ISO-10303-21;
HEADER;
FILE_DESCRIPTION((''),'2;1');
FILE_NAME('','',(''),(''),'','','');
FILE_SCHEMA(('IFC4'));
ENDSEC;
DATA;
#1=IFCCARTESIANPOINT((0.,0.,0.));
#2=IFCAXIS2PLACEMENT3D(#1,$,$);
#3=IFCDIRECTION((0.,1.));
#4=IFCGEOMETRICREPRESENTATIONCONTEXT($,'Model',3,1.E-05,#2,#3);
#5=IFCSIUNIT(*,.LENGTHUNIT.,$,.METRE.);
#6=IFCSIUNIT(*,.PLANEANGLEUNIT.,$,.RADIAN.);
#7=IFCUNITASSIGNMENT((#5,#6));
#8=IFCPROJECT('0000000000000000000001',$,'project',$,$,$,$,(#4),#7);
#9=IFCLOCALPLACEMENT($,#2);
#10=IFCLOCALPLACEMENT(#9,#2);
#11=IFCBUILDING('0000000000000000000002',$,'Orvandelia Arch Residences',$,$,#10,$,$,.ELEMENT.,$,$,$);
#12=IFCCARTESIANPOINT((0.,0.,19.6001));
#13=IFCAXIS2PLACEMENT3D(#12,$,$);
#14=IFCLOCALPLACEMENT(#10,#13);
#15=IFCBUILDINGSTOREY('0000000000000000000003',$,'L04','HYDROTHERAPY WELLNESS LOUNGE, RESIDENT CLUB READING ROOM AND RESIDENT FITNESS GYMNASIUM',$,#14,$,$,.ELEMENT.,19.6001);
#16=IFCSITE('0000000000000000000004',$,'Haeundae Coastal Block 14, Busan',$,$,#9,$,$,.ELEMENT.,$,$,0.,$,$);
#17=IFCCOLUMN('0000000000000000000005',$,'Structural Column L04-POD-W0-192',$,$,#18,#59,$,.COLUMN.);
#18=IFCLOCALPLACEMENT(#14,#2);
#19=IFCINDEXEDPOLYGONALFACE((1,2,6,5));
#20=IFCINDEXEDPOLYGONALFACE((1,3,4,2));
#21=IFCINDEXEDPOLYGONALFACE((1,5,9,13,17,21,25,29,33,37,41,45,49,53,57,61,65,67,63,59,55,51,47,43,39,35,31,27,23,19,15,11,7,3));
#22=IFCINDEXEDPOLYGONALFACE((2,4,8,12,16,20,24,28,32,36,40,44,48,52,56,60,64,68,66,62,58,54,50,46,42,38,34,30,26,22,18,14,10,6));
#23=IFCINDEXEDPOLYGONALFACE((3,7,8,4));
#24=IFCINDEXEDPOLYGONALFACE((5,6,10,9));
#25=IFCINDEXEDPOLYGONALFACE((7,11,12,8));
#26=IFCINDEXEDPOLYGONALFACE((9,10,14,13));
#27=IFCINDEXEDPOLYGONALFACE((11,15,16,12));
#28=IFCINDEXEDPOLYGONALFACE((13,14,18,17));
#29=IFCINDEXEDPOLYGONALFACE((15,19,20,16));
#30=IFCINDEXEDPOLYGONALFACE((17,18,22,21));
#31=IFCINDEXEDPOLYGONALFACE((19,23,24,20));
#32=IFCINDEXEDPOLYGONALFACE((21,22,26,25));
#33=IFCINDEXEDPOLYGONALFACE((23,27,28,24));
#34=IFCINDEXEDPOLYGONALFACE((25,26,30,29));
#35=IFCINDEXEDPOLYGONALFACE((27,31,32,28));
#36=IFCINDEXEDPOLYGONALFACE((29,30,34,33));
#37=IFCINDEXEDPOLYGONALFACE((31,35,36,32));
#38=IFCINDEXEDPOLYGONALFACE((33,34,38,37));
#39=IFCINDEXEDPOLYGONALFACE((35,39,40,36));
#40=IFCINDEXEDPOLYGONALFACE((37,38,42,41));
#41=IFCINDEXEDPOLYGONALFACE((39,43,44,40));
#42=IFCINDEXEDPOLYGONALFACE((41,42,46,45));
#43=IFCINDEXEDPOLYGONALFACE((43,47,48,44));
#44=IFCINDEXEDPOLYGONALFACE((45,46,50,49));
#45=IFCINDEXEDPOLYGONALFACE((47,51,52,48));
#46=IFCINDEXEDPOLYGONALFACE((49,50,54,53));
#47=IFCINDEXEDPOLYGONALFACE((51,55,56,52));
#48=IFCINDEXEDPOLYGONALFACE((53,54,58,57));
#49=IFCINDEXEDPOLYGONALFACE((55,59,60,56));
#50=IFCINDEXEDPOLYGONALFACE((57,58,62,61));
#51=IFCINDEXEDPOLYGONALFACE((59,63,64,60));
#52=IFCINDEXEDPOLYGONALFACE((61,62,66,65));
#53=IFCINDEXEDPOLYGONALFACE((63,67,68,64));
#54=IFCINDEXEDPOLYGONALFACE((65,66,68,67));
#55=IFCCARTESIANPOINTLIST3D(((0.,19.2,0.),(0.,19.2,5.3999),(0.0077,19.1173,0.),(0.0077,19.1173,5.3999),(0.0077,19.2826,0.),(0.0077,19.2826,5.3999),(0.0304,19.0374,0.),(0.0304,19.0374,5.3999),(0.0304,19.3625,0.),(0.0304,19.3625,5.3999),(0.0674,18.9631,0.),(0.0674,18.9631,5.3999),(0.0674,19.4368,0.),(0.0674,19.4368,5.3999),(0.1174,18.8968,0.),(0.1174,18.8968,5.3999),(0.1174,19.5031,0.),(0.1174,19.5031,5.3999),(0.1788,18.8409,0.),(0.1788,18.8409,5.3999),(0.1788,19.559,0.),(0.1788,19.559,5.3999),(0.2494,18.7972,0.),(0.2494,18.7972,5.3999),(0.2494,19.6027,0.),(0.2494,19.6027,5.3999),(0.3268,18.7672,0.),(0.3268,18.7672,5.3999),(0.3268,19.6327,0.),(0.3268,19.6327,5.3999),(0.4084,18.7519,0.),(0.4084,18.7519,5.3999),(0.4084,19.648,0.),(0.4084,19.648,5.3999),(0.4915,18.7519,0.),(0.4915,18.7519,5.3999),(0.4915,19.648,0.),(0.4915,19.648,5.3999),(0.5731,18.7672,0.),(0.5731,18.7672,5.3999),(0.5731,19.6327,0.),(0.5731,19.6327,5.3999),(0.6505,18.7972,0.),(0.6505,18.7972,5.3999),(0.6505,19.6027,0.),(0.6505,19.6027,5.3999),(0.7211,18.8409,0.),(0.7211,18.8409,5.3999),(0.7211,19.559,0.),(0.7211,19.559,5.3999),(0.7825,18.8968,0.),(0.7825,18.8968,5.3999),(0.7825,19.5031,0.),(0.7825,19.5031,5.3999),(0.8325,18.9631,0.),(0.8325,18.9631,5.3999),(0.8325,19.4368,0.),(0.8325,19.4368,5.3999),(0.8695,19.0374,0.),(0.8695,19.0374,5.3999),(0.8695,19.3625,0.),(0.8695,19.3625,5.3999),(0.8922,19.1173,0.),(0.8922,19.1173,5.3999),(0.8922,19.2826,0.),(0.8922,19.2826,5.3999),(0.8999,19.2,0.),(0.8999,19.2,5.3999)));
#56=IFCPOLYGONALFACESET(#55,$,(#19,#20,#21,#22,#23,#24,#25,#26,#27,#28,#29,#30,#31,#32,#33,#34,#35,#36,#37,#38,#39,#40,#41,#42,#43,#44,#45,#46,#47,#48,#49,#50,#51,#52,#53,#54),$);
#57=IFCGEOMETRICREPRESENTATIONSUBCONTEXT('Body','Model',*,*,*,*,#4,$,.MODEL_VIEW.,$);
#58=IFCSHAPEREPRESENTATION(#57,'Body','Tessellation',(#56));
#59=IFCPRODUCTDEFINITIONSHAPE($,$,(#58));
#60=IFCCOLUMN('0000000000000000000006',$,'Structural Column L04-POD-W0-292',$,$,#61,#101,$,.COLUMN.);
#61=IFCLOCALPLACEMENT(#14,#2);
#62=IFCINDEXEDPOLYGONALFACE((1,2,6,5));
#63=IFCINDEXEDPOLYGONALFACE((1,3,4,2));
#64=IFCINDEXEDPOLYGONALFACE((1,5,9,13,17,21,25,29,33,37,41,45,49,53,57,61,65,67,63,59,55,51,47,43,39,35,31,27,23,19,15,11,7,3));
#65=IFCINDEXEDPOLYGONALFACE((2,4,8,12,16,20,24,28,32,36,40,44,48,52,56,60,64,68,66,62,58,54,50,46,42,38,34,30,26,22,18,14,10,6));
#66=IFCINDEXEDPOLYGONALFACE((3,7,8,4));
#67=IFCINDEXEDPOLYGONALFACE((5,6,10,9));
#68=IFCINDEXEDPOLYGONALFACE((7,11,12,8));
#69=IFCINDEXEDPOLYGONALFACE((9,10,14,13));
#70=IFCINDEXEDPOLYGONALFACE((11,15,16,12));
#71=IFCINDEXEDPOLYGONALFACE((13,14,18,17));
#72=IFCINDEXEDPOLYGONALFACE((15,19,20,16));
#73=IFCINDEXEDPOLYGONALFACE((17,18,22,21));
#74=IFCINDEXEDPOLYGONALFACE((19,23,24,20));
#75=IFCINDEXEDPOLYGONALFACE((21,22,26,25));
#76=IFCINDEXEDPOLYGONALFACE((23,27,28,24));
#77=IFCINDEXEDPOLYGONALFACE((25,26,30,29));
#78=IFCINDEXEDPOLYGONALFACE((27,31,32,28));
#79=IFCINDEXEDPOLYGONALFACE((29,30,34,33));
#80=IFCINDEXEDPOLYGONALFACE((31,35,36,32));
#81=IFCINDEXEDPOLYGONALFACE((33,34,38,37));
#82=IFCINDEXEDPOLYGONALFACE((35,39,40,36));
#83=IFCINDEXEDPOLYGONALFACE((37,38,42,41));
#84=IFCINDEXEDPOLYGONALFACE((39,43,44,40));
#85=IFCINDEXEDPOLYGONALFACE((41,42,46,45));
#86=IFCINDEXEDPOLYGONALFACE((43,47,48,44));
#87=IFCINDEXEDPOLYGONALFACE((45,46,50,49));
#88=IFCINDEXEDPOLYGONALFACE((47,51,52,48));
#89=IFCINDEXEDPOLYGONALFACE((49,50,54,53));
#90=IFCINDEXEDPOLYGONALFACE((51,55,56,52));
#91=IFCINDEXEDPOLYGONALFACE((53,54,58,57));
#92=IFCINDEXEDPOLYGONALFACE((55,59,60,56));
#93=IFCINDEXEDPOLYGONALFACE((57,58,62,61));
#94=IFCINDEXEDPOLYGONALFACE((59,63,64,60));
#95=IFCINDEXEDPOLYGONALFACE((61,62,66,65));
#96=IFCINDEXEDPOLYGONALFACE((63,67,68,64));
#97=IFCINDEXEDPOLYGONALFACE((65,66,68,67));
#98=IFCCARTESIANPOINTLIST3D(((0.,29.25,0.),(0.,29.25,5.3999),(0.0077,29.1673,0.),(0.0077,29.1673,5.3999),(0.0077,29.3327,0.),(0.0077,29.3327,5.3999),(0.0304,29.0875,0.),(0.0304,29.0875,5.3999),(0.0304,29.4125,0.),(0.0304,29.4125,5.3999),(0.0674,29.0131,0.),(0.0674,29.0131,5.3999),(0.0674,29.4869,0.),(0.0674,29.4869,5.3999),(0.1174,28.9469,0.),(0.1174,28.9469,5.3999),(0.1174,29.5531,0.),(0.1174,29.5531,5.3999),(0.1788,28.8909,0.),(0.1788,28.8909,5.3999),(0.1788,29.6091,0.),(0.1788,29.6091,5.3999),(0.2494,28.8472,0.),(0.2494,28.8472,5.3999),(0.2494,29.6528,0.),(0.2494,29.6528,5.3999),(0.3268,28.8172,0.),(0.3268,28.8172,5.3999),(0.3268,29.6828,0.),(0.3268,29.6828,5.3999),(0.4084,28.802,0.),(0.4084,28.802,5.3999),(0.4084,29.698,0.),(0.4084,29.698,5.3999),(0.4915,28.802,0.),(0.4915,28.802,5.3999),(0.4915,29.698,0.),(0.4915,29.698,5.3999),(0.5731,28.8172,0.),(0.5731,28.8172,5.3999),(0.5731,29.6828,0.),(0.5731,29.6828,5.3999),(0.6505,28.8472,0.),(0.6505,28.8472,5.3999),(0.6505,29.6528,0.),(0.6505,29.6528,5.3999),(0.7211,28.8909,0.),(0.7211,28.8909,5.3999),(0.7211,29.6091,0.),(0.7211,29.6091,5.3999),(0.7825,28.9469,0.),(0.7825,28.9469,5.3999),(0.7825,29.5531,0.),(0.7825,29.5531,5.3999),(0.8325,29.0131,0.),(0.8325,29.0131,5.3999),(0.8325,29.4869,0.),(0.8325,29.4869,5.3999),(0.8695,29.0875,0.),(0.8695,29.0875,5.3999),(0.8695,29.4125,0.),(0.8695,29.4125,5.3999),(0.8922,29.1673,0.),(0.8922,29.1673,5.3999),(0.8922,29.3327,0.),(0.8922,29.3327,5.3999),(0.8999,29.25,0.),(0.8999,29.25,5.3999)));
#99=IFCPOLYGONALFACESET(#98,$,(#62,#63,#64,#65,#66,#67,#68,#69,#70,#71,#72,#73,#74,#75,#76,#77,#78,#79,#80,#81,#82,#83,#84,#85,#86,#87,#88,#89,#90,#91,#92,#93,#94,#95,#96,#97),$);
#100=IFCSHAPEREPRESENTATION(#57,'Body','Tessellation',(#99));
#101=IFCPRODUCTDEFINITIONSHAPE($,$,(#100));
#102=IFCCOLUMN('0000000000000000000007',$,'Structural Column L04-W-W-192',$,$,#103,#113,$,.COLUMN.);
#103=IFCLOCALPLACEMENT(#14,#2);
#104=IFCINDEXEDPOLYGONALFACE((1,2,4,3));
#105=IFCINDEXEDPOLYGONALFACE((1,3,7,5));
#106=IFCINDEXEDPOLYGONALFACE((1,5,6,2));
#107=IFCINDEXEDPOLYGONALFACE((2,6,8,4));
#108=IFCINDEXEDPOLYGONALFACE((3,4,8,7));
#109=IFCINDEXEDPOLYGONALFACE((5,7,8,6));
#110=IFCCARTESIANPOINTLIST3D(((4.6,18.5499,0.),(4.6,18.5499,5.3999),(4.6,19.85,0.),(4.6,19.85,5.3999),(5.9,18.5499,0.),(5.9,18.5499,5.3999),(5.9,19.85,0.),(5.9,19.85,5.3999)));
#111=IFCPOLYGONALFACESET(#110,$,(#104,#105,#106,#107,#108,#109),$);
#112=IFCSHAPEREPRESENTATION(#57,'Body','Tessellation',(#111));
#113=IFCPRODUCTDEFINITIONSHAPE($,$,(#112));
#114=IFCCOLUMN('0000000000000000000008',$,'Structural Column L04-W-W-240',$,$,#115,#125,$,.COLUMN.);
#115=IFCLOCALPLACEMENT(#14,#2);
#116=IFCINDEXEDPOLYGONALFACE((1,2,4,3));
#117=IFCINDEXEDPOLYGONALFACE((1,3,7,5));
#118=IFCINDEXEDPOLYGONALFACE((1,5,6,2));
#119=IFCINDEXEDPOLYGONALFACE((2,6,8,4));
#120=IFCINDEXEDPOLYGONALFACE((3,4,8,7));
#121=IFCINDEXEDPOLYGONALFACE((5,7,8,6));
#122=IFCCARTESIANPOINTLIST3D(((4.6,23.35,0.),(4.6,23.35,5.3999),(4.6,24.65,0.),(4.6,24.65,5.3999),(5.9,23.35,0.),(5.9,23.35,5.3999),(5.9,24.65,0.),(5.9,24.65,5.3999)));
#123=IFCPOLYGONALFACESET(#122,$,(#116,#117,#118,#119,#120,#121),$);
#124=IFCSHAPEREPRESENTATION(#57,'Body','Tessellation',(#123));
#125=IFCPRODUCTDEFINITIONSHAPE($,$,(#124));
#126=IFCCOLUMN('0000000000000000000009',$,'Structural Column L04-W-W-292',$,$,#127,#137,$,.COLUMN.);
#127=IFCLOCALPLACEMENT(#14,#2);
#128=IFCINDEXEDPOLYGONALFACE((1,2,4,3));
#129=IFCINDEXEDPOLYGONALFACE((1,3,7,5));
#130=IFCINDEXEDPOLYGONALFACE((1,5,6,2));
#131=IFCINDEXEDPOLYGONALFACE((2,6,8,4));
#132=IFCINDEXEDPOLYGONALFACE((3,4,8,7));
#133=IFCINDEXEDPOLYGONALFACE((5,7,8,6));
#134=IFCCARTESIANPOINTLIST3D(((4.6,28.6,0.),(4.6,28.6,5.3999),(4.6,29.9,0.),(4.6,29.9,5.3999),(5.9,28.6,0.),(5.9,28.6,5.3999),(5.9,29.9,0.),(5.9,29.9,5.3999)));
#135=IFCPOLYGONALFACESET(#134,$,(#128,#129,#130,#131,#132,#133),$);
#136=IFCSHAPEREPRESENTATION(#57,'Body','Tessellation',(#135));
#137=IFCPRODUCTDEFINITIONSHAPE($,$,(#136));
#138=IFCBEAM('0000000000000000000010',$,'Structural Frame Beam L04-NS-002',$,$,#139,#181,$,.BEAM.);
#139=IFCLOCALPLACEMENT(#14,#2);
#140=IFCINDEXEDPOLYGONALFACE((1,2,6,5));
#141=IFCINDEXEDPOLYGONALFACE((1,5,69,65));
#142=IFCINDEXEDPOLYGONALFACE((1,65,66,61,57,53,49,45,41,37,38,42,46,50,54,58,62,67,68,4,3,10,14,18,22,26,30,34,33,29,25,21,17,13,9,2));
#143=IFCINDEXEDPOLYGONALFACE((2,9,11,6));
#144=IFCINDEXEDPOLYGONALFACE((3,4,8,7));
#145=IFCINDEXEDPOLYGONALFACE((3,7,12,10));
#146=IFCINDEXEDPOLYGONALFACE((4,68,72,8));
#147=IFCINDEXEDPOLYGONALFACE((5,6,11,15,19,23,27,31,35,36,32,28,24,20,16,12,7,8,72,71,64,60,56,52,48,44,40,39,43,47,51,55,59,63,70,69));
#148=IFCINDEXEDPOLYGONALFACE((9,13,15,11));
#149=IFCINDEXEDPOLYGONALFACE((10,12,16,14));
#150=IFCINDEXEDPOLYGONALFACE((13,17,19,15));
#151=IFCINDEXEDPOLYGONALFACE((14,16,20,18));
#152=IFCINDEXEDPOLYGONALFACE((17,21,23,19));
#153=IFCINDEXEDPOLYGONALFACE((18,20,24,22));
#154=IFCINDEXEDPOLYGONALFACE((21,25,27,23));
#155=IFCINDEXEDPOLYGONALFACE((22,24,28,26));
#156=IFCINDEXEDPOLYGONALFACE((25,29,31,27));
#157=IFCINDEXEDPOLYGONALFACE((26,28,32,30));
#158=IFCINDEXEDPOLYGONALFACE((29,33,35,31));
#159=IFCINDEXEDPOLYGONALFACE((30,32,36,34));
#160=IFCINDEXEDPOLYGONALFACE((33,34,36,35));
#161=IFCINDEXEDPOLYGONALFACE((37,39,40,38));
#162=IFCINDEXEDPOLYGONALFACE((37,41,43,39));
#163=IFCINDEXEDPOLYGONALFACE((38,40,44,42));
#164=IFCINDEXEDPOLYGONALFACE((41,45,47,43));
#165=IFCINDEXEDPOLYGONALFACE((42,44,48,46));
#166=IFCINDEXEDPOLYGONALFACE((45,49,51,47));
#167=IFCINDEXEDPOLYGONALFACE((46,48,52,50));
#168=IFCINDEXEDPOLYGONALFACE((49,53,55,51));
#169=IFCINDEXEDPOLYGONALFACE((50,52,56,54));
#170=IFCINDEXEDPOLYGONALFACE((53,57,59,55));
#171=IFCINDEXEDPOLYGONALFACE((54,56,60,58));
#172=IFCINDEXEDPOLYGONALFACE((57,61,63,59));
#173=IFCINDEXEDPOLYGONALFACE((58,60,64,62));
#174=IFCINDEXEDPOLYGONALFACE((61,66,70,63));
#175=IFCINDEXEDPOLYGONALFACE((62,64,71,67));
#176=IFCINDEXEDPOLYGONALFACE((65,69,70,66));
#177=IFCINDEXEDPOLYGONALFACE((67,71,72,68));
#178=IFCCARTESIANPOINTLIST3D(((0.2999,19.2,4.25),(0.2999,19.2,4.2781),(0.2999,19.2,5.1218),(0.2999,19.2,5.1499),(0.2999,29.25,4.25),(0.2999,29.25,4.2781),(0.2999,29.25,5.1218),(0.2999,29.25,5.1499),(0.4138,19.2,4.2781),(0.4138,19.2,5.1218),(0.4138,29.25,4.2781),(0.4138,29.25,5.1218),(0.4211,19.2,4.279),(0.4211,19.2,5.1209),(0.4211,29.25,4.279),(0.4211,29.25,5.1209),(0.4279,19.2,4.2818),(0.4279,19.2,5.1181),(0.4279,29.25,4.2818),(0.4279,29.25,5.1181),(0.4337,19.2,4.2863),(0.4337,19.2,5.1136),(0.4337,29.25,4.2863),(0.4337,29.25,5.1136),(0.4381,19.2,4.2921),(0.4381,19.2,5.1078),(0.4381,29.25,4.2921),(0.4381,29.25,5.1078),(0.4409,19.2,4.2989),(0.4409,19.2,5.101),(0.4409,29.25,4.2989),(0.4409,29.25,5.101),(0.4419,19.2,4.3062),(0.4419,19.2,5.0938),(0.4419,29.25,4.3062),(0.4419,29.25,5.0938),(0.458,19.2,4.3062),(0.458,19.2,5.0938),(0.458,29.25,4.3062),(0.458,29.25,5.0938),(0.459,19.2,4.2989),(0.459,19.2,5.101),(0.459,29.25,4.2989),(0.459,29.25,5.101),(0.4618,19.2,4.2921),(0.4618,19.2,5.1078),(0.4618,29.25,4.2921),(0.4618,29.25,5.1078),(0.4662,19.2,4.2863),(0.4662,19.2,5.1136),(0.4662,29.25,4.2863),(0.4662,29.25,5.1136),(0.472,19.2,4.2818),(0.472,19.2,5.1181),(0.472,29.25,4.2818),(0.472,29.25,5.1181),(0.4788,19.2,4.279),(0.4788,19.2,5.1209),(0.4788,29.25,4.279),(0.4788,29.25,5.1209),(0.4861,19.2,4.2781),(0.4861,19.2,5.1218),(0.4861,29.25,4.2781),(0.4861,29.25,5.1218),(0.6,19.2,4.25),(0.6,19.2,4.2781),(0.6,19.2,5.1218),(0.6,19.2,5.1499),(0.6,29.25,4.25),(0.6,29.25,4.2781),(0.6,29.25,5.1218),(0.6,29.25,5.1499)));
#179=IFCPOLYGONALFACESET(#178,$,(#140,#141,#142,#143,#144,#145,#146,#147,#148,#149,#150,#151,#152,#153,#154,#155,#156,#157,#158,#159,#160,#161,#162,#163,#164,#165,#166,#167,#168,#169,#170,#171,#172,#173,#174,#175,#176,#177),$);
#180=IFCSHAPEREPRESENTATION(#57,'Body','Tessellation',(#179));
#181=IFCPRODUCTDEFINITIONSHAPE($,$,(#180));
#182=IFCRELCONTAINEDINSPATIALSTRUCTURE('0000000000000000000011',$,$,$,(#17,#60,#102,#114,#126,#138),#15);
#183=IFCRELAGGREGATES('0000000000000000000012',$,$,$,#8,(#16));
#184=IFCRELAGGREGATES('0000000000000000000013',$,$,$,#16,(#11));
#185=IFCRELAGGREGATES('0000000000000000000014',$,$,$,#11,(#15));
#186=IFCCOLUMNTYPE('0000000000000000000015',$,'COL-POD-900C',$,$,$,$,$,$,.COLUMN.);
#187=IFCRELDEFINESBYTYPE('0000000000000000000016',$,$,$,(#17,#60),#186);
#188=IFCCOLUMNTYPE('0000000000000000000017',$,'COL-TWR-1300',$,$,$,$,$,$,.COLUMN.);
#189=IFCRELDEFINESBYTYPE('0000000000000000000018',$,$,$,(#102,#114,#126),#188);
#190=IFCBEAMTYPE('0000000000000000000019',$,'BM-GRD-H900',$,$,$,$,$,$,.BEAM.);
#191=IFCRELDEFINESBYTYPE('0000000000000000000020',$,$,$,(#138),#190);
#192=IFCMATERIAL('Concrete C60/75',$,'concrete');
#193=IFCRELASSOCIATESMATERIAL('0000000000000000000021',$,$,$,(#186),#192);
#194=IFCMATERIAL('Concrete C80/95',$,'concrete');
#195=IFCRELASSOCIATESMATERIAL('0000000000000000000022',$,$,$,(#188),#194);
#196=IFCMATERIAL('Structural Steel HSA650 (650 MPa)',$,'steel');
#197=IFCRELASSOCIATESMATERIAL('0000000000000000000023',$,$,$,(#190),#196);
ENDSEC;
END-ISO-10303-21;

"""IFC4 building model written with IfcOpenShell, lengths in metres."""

from ifc_helpers import new_model, si_unit, direction, frame, origin, origin_2d, place, context, subcontext, project, spatial, rectangle, circle, i_section, extrude, material, material_profile, profile_set, type_object, element, save


model = new_model("IFC4")

# Units and contexts
model_context = context("Model", 3, precision=1e-05, world=origin(), true_north=direction((0.0, 1.0)))
body_context = subcontext(model_context, "Body", "Model", "MODEL_VIEW")
ifc_project = project(units=[si_unit("LENGTHUNIT", "METRE"), si_unit("PLANEANGLEUNIT", "RADIAN")], contexts=[model_context])

# Site, building, storey
site_placement = place(None, origin())
site = spatial("IfcSite", under=ifc_project, at=site_placement, Name="Haeundae Coastal Block 14, Busan", CompositionType="ELEMENT", RefElevation=0.0)
building_placement = place(site_placement, origin())
building = spatial("IfcBuilding", under=site, at=building_placement, Name="Orvandelia Arch Residences", CompositionType="ELEMENT")
storey_placement = place(building_placement, frame((0.0, 0.0, 19.6001)))
storey = spatial("IfcBuildingStorey", under=building, at=storey_placement, Name="L04", Description="HYDROTHERAPY WELLNESS LOUNGE, RESIDENT CLUB READING ROOM AND RESIDENT FITNESS GYMNASIUM", CompositionType="ELEMENT", Elevation=19.6001)

# Columns
ifc_material_1 = material(Name="Concrete C60/75", Category="concrete")
ifc_material_profile_1 = material_profile(ifc_material_1, circle(Radius=0.45, at=origin_2d()), Name="Concrete C60/75", Category="concrete")
ifc_profile_set_1 = profile_set([ifc_material_profile_1], Name="Concrete C60/75")
column_type_1 = type_object("IfcColumnType", Name="COL-POD-900C", PredefinedType="COLUMN", material=ifc_profile_set_1)
for number, where, z_axis, x_axis, name in (
    (1, (0.45, 19.2, 0.0), (0.0, 0.0, 1.0), (1.0, 0.0, 0.0), "Structural Column L04-POD-W0-192"),
    (2, (0.45, 29.25, 0.0), (0.0, 0.0, 1.0), (1.0, 0.0, 0.0), "Structural Column L04-POD-W0-292"),
):
    element("IfcColumn", number, at=place(storey_placement, frame(where, z_axis=z_axis, x_axis=x_axis)), inside=storey, type_object=column_type_1, Name=name, PredefinedType="COLUMN", context=body_context, shape_type="SweptSolid", body=[
        extrude(circle(Radius=0.45, at=origin_2d()), origin(), (0.0, 0.0, 1.0), 5.3999),
    ])
ifc_material_2 = material(Name="Concrete C80/95", Category="concrete")
ifc_material_profile_2 = material_profile(ifc_material_2, rectangle(XDim=1.3, YDim=1.3, at=origin_2d()), Name="Concrete C80/95", Category="concrete")
ifc_profile_set_2 = profile_set([ifc_material_profile_2], Name="Concrete C80/95")
column_type_2 = type_object("IfcColumnType", Name="COL-TWR-1300", PredefinedType="COLUMN", material=ifc_profile_set_2)
for number, where, z_axis, x_axis, name in (
    (3, (5.25, 19.2, 0.0), (0.0, 0.0, 1.0), (1.0, 0.0, 0.0), "Structural Column L04-W-W-192"),
    (4, (5.25, 24.0, 0.0), (0.0, 0.0, 1.0), (1.0, 0.0, 0.0), "Structural Column L04-W-W-240"),
    (5, (5.25, 29.25, 0.0), (0.0, 0.0, 1.0), (1.0, 0.0, 0.0), "Structural Column L04-W-W-292"),
):
    element("IfcColumn", number, at=place(storey_placement, frame(where, z_axis=z_axis, x_axis=x_axis)), inside=storey, type_object=column_type_2, Name=name, PredefinedType="COLUMN", context=body_context, shape_type="SweptSolid", body=[
        extrude(rectangle(XDim=1.3, YDim=1.3, at=origin_2d()), origin(), (0.0, 0.0, 1.0), 5.3999),
    ])

# Beam
ifc_material_3 = material(Name="Structural Steel HSA650 (650 MPa)", Category="steel")
ifc_material_profile_3 = material_profile(ifc_material_3, i_section(OverallWidth=0.3, OverallDepth=0.8999, WebThickness=0.0161, FlangeThickness=0.0281, FilletRadius=0.0281, at=origin_2d()), Name="Structural Steel HSA650 (650 MPa)", Category="steel")
ifc_profile_set_3 = profile_set([ifc_material_profile_3], Name="Structural Steel HSA650 (650 MPa)")
beam_type_1 = type_object("IfcBeamType", Name="BM-GRD-H900", PredefinedType="BEAM", material=ifc_profile_set_3)
beam_1_placement = place(storey_placement, frame((0.45, 19.2, 4.7), z_axis=(0.0, 1.0, 0.0), x_axis=(-1.0, 0.0, 0.0)))
element("IfcBeam", 6, at=beam_1_placement, inside=storey, type_object=beam_type_1, Name="Structural Frame Beam L04-NS-002", PredefinedType="BEAM", context=body_context, shape_type="SweptSolid", body=[
    extrude(i_section(OverallWidth=0.3, OverallDepth=0.8999, WebThickness=0.0161, FlangeThickness=0.0281, FilletRadius=0.0281, at=origin_2d()), origin(), (0.0, 0.0, 1.0), 10.05),
])

save(model, "model.ifc")
